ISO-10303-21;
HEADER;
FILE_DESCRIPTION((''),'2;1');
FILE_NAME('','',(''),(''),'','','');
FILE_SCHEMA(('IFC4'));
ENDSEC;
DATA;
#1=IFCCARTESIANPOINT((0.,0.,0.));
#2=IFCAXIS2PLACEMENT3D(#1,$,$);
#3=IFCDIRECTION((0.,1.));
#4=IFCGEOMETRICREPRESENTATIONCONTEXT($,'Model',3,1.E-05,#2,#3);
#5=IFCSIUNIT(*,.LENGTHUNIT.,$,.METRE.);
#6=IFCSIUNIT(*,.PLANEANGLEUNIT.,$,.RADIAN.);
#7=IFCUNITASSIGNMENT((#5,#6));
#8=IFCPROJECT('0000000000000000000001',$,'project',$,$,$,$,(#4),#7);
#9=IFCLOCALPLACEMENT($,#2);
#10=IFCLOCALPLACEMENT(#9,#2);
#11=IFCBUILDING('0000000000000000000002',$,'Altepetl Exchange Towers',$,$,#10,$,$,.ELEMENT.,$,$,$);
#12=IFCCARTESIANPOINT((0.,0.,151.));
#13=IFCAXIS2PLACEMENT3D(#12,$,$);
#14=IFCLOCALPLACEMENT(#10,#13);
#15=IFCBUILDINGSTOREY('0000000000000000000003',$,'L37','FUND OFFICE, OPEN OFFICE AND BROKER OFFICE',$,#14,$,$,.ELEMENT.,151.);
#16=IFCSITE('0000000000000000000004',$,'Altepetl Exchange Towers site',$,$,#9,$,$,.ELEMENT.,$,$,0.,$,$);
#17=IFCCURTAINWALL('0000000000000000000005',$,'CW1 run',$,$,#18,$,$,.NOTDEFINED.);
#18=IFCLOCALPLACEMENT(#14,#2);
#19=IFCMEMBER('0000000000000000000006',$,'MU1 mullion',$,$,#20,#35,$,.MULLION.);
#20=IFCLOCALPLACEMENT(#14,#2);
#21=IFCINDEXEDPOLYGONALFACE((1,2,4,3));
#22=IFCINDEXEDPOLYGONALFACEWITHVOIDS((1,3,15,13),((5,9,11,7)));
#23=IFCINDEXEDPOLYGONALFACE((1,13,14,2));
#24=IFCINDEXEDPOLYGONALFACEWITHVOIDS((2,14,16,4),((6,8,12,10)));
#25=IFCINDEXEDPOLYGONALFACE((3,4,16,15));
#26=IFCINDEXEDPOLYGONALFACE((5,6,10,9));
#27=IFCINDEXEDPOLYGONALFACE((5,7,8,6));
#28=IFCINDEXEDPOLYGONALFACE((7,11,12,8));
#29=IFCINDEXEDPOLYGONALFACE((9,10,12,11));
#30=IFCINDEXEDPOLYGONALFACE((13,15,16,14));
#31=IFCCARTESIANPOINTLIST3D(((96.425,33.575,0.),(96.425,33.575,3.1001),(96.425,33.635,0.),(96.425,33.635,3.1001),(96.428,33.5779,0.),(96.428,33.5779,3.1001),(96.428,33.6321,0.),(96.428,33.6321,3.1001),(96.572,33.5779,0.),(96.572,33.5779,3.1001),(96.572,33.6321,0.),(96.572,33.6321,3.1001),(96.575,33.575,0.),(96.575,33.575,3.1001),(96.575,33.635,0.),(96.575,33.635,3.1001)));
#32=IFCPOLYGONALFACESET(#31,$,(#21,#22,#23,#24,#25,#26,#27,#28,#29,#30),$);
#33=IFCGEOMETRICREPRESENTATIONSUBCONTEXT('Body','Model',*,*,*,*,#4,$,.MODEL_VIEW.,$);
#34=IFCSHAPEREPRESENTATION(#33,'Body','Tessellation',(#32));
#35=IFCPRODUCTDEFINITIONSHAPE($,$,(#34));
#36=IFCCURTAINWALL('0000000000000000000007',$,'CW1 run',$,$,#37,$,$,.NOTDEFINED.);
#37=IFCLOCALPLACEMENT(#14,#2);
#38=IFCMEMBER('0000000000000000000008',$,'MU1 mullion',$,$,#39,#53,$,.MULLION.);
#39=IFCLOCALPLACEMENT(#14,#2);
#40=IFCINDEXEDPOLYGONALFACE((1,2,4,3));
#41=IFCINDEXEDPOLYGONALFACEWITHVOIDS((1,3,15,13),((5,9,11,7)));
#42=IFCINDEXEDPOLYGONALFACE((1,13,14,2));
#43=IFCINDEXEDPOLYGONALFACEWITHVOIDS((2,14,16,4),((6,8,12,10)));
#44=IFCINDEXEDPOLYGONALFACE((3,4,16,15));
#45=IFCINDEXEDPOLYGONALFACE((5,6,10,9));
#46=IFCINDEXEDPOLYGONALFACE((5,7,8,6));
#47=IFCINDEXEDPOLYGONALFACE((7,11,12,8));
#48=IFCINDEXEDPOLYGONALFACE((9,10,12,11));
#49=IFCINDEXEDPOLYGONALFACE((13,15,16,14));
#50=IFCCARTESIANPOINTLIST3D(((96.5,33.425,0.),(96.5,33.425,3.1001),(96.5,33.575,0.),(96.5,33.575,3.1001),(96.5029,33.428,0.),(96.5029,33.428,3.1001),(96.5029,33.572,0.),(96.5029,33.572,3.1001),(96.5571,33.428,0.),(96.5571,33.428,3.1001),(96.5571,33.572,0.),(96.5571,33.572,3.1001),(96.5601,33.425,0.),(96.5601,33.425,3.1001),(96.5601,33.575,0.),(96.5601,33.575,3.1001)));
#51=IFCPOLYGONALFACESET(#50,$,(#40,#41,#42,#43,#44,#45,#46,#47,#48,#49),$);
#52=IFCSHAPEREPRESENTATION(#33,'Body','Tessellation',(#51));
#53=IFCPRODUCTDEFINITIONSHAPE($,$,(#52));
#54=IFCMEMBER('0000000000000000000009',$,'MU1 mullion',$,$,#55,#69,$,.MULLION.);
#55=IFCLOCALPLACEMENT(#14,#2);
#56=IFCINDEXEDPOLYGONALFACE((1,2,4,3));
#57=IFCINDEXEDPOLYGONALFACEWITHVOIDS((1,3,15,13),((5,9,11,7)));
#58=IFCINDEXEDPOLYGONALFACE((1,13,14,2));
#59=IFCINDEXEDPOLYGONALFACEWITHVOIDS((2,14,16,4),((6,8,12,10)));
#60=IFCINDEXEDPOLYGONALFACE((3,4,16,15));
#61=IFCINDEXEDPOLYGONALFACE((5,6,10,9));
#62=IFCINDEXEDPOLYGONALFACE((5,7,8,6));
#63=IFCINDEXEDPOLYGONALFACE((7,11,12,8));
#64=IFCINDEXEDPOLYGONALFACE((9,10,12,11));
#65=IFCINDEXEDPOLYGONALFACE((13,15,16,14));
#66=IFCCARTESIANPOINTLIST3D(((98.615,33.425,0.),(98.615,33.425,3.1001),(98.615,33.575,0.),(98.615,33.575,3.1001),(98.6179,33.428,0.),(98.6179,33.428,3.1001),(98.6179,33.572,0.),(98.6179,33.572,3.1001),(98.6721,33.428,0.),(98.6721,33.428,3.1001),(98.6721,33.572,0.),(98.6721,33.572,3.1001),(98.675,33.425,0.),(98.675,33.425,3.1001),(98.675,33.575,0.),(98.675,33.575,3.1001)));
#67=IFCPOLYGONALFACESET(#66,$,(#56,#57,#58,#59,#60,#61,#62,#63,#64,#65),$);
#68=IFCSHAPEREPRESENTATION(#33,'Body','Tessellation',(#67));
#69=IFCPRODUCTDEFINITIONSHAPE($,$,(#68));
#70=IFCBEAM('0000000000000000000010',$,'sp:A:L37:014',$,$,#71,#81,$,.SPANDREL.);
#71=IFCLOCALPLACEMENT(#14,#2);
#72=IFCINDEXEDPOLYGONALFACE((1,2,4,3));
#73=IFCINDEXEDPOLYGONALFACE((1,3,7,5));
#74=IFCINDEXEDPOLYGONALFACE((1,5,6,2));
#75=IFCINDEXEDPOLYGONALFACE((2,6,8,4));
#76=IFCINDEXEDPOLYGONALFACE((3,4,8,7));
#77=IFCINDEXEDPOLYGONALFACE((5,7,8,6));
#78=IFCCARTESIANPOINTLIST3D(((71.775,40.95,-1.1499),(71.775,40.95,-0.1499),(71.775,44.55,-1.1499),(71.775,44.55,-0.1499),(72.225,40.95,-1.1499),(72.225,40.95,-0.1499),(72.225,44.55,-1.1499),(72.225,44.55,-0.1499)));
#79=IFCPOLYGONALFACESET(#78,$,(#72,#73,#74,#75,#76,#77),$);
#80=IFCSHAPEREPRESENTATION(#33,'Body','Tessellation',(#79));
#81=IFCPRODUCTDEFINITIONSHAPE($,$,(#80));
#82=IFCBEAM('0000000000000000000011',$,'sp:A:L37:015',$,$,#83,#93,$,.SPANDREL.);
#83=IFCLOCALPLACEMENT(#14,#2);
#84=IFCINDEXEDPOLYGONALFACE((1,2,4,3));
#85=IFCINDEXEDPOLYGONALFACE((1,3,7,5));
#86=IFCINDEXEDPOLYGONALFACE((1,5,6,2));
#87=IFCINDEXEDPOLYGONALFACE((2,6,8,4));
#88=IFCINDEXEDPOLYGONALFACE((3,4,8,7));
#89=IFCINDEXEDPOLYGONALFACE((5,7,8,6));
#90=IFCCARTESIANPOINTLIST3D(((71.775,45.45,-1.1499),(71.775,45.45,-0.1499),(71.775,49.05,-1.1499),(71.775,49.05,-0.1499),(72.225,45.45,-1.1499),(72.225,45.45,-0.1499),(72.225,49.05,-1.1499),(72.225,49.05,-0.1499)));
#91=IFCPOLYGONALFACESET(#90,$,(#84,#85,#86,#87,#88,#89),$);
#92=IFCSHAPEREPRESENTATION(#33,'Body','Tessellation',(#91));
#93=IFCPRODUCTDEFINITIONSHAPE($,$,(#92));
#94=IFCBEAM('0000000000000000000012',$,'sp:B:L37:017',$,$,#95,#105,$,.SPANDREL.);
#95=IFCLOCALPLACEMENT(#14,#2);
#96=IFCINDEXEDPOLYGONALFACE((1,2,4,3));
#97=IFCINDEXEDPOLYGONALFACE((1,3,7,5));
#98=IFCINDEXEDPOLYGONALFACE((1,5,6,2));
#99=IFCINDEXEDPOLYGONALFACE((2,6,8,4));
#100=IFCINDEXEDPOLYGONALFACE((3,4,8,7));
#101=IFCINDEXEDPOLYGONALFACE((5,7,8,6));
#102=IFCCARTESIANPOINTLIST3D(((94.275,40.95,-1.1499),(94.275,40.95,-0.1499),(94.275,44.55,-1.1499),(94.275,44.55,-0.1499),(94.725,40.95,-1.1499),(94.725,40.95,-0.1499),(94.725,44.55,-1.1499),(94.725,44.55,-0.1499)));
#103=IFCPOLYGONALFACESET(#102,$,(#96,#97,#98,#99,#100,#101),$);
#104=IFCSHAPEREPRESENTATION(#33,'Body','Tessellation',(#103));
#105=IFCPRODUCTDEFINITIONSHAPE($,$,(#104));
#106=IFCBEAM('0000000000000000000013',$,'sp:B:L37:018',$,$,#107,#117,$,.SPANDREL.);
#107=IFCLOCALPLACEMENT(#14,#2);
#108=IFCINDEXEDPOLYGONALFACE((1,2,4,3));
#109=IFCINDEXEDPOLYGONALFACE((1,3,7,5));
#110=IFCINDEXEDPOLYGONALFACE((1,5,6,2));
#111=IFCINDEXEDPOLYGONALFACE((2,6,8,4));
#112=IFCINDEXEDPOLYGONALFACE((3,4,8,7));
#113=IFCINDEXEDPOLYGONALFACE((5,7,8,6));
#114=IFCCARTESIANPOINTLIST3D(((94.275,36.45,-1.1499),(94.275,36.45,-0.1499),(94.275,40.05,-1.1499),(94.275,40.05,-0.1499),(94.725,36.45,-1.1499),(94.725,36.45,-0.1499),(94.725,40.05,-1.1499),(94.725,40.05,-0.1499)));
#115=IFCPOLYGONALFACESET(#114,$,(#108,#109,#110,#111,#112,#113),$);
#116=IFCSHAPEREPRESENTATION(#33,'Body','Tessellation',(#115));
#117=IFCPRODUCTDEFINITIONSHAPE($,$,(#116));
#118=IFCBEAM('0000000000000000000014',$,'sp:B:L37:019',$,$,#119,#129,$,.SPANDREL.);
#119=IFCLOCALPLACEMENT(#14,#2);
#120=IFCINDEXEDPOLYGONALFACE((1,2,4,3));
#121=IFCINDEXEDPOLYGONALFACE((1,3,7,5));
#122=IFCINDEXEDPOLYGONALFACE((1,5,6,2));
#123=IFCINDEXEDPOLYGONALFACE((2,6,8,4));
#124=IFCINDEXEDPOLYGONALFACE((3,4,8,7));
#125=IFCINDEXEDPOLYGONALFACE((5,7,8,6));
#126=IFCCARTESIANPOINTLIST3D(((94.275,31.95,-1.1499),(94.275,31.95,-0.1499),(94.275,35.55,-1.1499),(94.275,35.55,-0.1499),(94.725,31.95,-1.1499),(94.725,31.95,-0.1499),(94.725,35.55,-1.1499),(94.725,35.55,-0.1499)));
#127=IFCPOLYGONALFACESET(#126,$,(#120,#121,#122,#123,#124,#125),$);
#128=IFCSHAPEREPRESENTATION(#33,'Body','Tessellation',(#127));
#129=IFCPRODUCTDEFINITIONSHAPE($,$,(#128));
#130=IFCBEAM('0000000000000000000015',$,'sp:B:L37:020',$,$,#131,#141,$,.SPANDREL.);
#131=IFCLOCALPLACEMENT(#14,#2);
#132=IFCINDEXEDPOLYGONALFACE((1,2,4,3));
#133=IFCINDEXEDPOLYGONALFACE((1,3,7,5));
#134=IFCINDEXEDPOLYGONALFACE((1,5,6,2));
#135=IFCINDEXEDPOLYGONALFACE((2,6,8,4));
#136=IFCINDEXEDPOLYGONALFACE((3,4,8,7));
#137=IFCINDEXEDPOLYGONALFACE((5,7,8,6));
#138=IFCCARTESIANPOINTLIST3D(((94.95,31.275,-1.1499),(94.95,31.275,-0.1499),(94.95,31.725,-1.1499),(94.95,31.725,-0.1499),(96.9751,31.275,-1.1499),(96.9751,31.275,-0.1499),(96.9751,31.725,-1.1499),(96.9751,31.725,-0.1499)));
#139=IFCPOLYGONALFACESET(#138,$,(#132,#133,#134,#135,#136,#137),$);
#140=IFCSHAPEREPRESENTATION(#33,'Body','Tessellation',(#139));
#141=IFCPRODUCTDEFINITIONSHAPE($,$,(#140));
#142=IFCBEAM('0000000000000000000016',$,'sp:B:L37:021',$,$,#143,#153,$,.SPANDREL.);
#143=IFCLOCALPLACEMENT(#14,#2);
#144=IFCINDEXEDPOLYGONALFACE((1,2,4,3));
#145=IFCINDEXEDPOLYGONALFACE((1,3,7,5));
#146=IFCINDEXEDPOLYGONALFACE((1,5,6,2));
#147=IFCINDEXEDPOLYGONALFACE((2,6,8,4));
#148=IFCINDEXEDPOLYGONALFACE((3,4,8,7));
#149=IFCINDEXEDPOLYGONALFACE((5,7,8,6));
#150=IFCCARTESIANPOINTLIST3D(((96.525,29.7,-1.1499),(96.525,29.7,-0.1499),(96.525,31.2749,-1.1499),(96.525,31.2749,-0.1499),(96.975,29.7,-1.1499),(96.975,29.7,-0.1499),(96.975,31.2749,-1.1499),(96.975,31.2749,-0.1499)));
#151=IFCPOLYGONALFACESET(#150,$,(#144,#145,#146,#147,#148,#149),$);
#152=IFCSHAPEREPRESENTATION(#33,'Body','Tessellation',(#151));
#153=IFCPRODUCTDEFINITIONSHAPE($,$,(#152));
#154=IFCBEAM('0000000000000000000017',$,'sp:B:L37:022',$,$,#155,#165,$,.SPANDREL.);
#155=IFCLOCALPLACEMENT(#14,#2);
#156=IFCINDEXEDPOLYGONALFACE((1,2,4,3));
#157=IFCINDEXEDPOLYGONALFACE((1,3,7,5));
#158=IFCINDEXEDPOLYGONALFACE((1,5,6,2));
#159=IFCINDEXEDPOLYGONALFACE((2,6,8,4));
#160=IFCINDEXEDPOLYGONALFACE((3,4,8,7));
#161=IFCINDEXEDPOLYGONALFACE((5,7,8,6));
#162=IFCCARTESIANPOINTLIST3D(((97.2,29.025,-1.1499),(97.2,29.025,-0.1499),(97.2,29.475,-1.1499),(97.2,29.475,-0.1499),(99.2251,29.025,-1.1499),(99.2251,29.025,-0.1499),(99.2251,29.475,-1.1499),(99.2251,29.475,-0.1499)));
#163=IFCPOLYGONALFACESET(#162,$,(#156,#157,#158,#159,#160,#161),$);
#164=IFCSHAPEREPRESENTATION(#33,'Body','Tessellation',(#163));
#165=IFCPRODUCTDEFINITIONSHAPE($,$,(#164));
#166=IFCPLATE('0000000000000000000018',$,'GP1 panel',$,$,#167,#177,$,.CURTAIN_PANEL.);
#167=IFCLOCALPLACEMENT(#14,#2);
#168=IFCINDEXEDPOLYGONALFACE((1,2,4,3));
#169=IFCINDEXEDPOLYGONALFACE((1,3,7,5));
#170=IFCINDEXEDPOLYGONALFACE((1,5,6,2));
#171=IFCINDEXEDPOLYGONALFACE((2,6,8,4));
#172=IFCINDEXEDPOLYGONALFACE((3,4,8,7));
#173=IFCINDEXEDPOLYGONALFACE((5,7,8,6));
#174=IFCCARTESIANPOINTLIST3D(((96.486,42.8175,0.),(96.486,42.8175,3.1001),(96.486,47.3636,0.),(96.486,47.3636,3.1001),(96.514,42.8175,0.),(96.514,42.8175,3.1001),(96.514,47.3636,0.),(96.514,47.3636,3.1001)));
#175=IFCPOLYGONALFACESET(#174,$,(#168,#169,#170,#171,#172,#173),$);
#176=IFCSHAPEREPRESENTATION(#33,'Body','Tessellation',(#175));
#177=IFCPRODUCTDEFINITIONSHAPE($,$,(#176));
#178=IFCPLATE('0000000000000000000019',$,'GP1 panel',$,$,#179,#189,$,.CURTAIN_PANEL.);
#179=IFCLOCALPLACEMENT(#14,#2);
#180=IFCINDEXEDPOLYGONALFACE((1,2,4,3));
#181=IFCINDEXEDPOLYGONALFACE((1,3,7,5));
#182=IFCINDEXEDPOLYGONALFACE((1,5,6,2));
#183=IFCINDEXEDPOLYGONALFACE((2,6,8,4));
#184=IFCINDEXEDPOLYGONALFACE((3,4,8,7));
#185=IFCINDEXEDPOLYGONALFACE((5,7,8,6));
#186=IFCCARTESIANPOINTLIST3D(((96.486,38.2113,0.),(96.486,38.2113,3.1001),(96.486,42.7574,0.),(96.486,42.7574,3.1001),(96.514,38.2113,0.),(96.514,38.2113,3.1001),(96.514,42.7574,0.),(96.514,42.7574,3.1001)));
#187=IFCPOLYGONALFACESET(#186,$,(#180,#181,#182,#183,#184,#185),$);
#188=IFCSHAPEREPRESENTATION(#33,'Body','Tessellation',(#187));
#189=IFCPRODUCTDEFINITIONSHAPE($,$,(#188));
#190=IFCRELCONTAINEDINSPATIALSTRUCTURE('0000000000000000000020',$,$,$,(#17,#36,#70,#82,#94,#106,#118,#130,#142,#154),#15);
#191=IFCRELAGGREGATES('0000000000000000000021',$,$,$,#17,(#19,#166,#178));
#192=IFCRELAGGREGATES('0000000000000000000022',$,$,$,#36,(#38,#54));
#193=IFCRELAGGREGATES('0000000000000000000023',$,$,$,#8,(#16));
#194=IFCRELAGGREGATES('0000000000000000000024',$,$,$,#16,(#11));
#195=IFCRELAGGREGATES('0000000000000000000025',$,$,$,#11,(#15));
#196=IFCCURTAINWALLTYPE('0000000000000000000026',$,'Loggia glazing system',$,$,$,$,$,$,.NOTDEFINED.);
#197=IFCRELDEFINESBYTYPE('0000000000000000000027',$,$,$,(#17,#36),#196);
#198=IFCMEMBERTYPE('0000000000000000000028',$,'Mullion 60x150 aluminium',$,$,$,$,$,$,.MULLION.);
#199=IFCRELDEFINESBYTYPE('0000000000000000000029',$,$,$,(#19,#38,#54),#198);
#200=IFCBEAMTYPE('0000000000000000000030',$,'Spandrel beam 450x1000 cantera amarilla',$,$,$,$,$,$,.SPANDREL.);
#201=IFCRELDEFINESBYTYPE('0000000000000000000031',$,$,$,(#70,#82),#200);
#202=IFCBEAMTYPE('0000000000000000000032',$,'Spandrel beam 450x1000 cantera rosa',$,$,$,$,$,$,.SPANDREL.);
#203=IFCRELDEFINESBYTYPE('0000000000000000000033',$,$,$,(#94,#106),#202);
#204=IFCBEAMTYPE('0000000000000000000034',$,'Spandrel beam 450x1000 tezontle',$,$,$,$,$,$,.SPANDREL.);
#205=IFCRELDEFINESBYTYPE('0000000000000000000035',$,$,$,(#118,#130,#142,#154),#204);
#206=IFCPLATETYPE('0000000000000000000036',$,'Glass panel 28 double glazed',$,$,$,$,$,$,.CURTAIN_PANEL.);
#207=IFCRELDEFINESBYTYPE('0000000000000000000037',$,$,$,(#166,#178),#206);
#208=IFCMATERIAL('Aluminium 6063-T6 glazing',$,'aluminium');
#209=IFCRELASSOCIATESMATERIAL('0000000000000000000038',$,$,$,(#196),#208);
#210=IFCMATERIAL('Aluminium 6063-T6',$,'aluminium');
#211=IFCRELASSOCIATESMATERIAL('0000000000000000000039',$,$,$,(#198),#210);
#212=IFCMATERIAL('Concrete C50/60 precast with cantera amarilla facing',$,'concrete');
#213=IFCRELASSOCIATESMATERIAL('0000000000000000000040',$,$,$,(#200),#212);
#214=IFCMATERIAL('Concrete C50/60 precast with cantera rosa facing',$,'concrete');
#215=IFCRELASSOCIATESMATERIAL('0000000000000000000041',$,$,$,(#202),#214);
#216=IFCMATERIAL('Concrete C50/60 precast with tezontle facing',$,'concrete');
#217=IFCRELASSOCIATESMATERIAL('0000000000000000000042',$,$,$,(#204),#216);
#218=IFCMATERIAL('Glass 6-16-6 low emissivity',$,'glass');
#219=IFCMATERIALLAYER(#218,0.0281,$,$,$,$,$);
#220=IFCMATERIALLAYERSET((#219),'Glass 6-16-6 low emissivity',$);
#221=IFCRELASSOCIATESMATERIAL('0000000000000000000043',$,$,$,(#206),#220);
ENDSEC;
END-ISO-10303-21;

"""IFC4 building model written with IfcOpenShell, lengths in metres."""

from ifc_helpers import new_model, si_unit, direction, frame, origin, origin_2d, place, context, subcontext, project, spatial, rectangle, hollow_rectangle, extrude, material, layer, layer_set, material_profile, profile_set, type_object, element, aggregate, save


model = new_model("IFC4")

# Units and contexts
model_context = context("Model", 3, precision=1e-05, world=origin(), true_north=direction((0.0, 1.0)))
body_context = subcontext(model_context, "Body", "Model", "MODEL_VIEW")
ifc_project = project(units=[si_unit("LENGTHUNIT", "METRE"), si_unit("PLANEANGLEUNIT", "RADIAN")], contexts=[model_context])

# Site, building, storey
site_placement = place(None, origin())
site = spatial("IfcSite", under=ifc_project, at=site_placement, Name="Altepetl Exchange Towers site", CompositionType="ELEMENT", RefElevation=0.0)
building_placement = place(site_placement, origin())
building = spatial("IfcBuilding", under=site, at=building_placement, Name="Altepetl Exchange Towers", CompositionType="ELEMENT")
storey_placement = place(building_placement, frame((0.0, 0.0, 151.0)))
storey = spatial("IfcBuildingStorey", under=building, at=storey_placement, Name="L37", Description="FUND OFFICE, OPEN OFFICE AND BROKER OFFICE", CompositionType="ELEMENT", Elevation=151.0)

# Curtain walls, members
ifc_material_1 = material(Name="Aluminium 6063-T6 glazing", Category="aluminium")
curtain_wall_type = type_object("IfcCurtainWallType", Name="Loggia glazing system", PredefinedType="NOTDEFINED", material=ifc_material_1)
curtain_wall_1_placement = place(storey_placement, origin())
curtain_wall_1 = element("IfcCurtainWall", 1, at=curtain_wall_1_placement, inside=storey, type_object=curtain_wall_type, Name="CW1 run", PredefinedType="NOTDEFINED")
ifc_material_2 = material(Name="Aluminium 6063-T6", Category="aluminium")
ifc_material_profile_1 = material_profile(ifc_material_2, hollow_rectangle(XDim=0.0601, YDim=0.1499, WallThickness=0.0029, at=origin_2d()), Name="Mullion 60x150 aluminium")
ifc_profile_set_1 = profile_set([ifc_material_profile_1], Name="Aluminium 6063-T6")
member_type = type_object("IfcMemberType", Name="Mullion 60x150 aluminium", PredefinedType="MULLION", material=ifc_profile_set_1)
member_1_placement = place(storey_placement, frame((96.5, 33.605, 0.0), z_axis=(0.0, 0.0, 1.0), x_axis=(0.0, -1.0, 0.0)))
member_1 = element("IfcMember", 2, at=member_1_placement, type_object=member_type, Name="MU1 mullion", PredefinedType="MULLION", context=body_context, shape_type="SweptSolid", body=[
    extrude(hollow_rectangle(XDim=0.0601, YDim=0.1499, WallThickness=0.0029, at=origin_2d()), origin(), (0.0, 0.0, 1.0), 3.1001),
])
curtain_wall_2_placement = place(storey_placement, origin())
curtain_wall_2 = element("IfcCurtainWall", 3, at=curtain_wall_2_placement, inside=storey, type_object=curtain_wall_type, Name="CW1 run", PredefinedType="NOTDEFINED")
member_2_placement = place(storey_placement, frame((96.53, 33.5, 0.0)))
member_2 = element("IfcMember", 4, at=member_2_placement, type_object=member_type, Name="MU1 mullion", PredefinedType="MULLION", context=body_context, shape_type="SweptSolid", body=[
    extrude(hollow_rectangle(XDim=0.0601, YDim=0.1499, WallThickness=0.0029, at=origin_2d()), origin(), (0.0, 0.0, 1.0), 3.1001),
])
member_3_placement = place(storey_placement, frame((98.645, 33.5, 0.0)))
member_3 = element("IfcMember", 5, at=member_3_placement, type_object=member_type, Name="MU1 mullion", PredefinedType="MULLION", context=body_context, shape_type="SweptSolid", body=[
    extrude(hollow_rectangle(XDim=0.0601, YDim=0.1499, WallThickness=0.0029, at=origin_2d()), origin(), (0.0, 0.0, 1.0), 3.1001),
])

# Beams
ifc_material_3 = material(Name="Concrete C50/60 precast with cantera amarilla facing", Category="concrete")
ifc_material_profile_2 = material_profile(ifc_material_3, rectangle(XDim=0.45, YDim=1.0, at=origin_2d()), Name="450 x 1000")
ifc_profile_set_2 = profile_set([ifc_material_profile_2], Name="Concrete C50/60 precast with cantera amarilla facing")
beam_type_1 = type_object("IfcBeamType", Name="Spandrel beam 450x1000 cantera amarilla", PredefinedType="SPANDREL", material=ifc_profile_set_2)
for number, where, z_axis, x_axis, name in (
    (6, (72.0, 40.95, -0.6499), (0.0, 1.0, 0.0), (-1.0, 0.0, 0.0), "sp:A:L37:014"),
    (7, (72.0, 45.45, -0.6499), (0.0, 1.0, 0.0), (-1.0, 0.0, 0.0), "sp:A:L37:015"),
):
    element("IfcBeam", number, at=place(storey_placement, frame(where, z_axis=z_axis, x_axis=x_axis)), inside=storey, type_object=beam_type_1, Name=name, PredefinedType="SPANDREL", context=body_context, shape_type="SweptSolid", body=[
        extrude(rectangle(XDim=0.45, YDim=1.0, at=origin_2d()), origin(), (0.0, 0.0, 1.0), 3.6001),
    ])
ifc_material_4 = material(Name="Concrete C50/60 precast with cantera rosa facing", Category="concrete")
ifc_material_profile_3 = material_profile(ifc_material_4, rectangle(XDim=0.45, YDim=1.0, at=origin_2d()), Name="450 x 1000")
ifc_profile_set_3 = profile_set([ifc_material_profile_3], Name="Concrete C50/60 precast with cantera rosa facing")
beam_type_2 = type_object("IfcBeamType", Name="Spandrel beam 450x1000 cantera rosa", PredefinedType="SPANDREL", material=ifc_profile_set_3)
for number, where, z_axis, x_axis, name in (
    (8, (94.5, 44.55, -0.6499), (0.0, -1.0, 0.0), (1.0, 0.0, 0.0), "sp:B:L37:017"),
    (9, (94.5, 40.05, -0.6499), (0.0, -1.0, 0.0), (1.0, 0.0, 0.0), "sp:B:L37:018"),
):
    element("IfcBeam", number, at=place(storey_placement, frame(where, z_axis=z_axis, x_axis=x_axis)), inside=storey, type_object=beam_type_2, Name=name, PredefinedType="SPANDREL", context=body_context, shape_type="SweptSolid", body=[
        extrude(rectangle(XDim=0.45, YDim=1.0, at=origin_2d()), origin(), (0.0, 0.0, 1.0), 3.6001),
    ])
ifc_material_5 = material(Name="Concrete C50/60 precast with tezontle facing", Category="concrete")
ifc_material_profile_4 = material_profile(ifc_material_5, rectangle(XDim=0.45, YDim=1.0, at=origin_2d()), Name="450 x 1000")
ifc_profile_set_4 = profile_set([ifc_material_profile_4], Name="Concrete C50/60 precast with tezontle facing")
beam_type_3 = type_object("IfcBeamType", Name="Spandrel beam 450x1000 tezontle", PredefinedType="SPANDREL", material=ifc_profile_set_4)
beam_1_placement = place(storey_placement, frame((94.5, 35.55, -0.6499), z_axis=(0.0, -1.0, 0.0), x_axis=(1.0, 0.0, 0.0)))
element("IfcBeam", 10, at=beam_1_placement, inside=storey, type_object=beam_type_3, Name="sp:B:L37:019", PredefinedType="SPANDREL", context=body_context, shape_type="SweptSolid", body=[
    extrude(rectangle(XDim=0.45, YDim=1.0, at=origin_2d()), origin(), (0.0, 0.0, 1.0), 3.6001),
])
beam_2_placement = place(storey_placement, frame((94.95, 31.5, -0.6499), z_axis=(1.0, 0.0, 0.0), x_axis=(0.0, 1.0, 0.0)))
element("IfcBeam", 11, at=beam_2_placement, inside=storey, type_object=beam_type_3, Name="sp:B:L37:020", PredefinedType="SPANDREL", context=body_context, shape_type="SweptSolid", body=[
    extrude(rectangle(XDim=0.45, YDim=1.0, at=origin_2d()), origin(), (0.0, 0.0, 1.0), 2.0251),
])
beam_3_placement = place(storey_placement, frame((96.75, 31.2749, -0.6499), z_axis=(0.0, -1.0, 0.0), x_axis=(1.0, 0.0, 0.0)))
element("IfcBeam", 12, at=beam_3_placement, inside=storey, type_object=beam_type_3, Name="sp:B:L37:021", PredefinedType="SPANDREL", context=body_context, shape_type="SweptSolid", body=[
    extrude(rectangle(XDim=0.45, YDim=1.0, at=origin_2d()), origin(), (0.0, 0.0, 1.0), 1.575),
])
beam_4_placement = place(storey_placement, frame((97.2, 29.25, -0.6499), z_axis=(1.0, 0.0, 0.0), x_axis=(0.0, 1.0, 0.0)))
element("IfcBeam", 13, at=beam_4_placement, inside=storey, type_object=beam_type_3, Name="sp:B:L37:022", PredefinedType="SPANDREL", context=body_context, shape_type="SweptSolid", body=[
    extrude(rectangle(XDim=0.45, YDim=1.0, at=origin_2d()), origin(), (0.0, 0.0, 1.0), 2.0251),
])

# Plates
ifc_material_6 = material(Name="Glass 6-16-6 low emissivity", Category="glass")
ifc_layer_1 = layer(ifc_material_6, 0.0281)
ifc_layer_set_1 = layer_set([ifc_layer_1], Name="Glass 6-16-6 low emissivity")
plate_type = type_object("IfcPlateType", Name="Glass panel 28 double glazed", PredefinedType="CURTAIN_PANEL", material=ifc_layer_set_1)
plate_1_placement = place(storey_placement, frame((96.5, 45.0906, 0.0), z_axis=(0.0, 0.0, 1.0), x_axis=(0.0, -1.0, 0.0)))
plate_1 = element("IfcPlate", 14, at=plate_1_placement, type_object=plate_type, Name="GP1 panel", PredefinedType="CURTAIN_PANEL", context=body_context, shape_type="SweptSolid", body=[
    extrude(rectangle(XDim=4.5461, YDim=0.0281, at=origin_2d()), origin(), (0.0, 0.0, 1.0), 3.1001),
])
plate_2_placement = place(storey_placement, frame((96.5, 40.4844, 0.0), z_axis=(0.0, 0.0, 1.0), x_axis=(0.0, -1.0, 0.0)))
plate_2 = element("IfcPlate", 15, at=plate_2_placement, type_object=plate_type, Name="GP1 panel", PredefinedType="CURTAIN_PANEL", context=body_context, shape_type="SweptSolid", body=[
    extrude(rectangle(XDim=4.5461, YDim=0.0281, at=origin_2d()), origin(), (0.0, 0.0, 1.0), 3.1001),
])
aggregate(curtain_wall_1, [member_1, plate_1, plate_2])
aggregate(curtain_wall_2, [member_2, member_3])

save(model, "model.ifc")
